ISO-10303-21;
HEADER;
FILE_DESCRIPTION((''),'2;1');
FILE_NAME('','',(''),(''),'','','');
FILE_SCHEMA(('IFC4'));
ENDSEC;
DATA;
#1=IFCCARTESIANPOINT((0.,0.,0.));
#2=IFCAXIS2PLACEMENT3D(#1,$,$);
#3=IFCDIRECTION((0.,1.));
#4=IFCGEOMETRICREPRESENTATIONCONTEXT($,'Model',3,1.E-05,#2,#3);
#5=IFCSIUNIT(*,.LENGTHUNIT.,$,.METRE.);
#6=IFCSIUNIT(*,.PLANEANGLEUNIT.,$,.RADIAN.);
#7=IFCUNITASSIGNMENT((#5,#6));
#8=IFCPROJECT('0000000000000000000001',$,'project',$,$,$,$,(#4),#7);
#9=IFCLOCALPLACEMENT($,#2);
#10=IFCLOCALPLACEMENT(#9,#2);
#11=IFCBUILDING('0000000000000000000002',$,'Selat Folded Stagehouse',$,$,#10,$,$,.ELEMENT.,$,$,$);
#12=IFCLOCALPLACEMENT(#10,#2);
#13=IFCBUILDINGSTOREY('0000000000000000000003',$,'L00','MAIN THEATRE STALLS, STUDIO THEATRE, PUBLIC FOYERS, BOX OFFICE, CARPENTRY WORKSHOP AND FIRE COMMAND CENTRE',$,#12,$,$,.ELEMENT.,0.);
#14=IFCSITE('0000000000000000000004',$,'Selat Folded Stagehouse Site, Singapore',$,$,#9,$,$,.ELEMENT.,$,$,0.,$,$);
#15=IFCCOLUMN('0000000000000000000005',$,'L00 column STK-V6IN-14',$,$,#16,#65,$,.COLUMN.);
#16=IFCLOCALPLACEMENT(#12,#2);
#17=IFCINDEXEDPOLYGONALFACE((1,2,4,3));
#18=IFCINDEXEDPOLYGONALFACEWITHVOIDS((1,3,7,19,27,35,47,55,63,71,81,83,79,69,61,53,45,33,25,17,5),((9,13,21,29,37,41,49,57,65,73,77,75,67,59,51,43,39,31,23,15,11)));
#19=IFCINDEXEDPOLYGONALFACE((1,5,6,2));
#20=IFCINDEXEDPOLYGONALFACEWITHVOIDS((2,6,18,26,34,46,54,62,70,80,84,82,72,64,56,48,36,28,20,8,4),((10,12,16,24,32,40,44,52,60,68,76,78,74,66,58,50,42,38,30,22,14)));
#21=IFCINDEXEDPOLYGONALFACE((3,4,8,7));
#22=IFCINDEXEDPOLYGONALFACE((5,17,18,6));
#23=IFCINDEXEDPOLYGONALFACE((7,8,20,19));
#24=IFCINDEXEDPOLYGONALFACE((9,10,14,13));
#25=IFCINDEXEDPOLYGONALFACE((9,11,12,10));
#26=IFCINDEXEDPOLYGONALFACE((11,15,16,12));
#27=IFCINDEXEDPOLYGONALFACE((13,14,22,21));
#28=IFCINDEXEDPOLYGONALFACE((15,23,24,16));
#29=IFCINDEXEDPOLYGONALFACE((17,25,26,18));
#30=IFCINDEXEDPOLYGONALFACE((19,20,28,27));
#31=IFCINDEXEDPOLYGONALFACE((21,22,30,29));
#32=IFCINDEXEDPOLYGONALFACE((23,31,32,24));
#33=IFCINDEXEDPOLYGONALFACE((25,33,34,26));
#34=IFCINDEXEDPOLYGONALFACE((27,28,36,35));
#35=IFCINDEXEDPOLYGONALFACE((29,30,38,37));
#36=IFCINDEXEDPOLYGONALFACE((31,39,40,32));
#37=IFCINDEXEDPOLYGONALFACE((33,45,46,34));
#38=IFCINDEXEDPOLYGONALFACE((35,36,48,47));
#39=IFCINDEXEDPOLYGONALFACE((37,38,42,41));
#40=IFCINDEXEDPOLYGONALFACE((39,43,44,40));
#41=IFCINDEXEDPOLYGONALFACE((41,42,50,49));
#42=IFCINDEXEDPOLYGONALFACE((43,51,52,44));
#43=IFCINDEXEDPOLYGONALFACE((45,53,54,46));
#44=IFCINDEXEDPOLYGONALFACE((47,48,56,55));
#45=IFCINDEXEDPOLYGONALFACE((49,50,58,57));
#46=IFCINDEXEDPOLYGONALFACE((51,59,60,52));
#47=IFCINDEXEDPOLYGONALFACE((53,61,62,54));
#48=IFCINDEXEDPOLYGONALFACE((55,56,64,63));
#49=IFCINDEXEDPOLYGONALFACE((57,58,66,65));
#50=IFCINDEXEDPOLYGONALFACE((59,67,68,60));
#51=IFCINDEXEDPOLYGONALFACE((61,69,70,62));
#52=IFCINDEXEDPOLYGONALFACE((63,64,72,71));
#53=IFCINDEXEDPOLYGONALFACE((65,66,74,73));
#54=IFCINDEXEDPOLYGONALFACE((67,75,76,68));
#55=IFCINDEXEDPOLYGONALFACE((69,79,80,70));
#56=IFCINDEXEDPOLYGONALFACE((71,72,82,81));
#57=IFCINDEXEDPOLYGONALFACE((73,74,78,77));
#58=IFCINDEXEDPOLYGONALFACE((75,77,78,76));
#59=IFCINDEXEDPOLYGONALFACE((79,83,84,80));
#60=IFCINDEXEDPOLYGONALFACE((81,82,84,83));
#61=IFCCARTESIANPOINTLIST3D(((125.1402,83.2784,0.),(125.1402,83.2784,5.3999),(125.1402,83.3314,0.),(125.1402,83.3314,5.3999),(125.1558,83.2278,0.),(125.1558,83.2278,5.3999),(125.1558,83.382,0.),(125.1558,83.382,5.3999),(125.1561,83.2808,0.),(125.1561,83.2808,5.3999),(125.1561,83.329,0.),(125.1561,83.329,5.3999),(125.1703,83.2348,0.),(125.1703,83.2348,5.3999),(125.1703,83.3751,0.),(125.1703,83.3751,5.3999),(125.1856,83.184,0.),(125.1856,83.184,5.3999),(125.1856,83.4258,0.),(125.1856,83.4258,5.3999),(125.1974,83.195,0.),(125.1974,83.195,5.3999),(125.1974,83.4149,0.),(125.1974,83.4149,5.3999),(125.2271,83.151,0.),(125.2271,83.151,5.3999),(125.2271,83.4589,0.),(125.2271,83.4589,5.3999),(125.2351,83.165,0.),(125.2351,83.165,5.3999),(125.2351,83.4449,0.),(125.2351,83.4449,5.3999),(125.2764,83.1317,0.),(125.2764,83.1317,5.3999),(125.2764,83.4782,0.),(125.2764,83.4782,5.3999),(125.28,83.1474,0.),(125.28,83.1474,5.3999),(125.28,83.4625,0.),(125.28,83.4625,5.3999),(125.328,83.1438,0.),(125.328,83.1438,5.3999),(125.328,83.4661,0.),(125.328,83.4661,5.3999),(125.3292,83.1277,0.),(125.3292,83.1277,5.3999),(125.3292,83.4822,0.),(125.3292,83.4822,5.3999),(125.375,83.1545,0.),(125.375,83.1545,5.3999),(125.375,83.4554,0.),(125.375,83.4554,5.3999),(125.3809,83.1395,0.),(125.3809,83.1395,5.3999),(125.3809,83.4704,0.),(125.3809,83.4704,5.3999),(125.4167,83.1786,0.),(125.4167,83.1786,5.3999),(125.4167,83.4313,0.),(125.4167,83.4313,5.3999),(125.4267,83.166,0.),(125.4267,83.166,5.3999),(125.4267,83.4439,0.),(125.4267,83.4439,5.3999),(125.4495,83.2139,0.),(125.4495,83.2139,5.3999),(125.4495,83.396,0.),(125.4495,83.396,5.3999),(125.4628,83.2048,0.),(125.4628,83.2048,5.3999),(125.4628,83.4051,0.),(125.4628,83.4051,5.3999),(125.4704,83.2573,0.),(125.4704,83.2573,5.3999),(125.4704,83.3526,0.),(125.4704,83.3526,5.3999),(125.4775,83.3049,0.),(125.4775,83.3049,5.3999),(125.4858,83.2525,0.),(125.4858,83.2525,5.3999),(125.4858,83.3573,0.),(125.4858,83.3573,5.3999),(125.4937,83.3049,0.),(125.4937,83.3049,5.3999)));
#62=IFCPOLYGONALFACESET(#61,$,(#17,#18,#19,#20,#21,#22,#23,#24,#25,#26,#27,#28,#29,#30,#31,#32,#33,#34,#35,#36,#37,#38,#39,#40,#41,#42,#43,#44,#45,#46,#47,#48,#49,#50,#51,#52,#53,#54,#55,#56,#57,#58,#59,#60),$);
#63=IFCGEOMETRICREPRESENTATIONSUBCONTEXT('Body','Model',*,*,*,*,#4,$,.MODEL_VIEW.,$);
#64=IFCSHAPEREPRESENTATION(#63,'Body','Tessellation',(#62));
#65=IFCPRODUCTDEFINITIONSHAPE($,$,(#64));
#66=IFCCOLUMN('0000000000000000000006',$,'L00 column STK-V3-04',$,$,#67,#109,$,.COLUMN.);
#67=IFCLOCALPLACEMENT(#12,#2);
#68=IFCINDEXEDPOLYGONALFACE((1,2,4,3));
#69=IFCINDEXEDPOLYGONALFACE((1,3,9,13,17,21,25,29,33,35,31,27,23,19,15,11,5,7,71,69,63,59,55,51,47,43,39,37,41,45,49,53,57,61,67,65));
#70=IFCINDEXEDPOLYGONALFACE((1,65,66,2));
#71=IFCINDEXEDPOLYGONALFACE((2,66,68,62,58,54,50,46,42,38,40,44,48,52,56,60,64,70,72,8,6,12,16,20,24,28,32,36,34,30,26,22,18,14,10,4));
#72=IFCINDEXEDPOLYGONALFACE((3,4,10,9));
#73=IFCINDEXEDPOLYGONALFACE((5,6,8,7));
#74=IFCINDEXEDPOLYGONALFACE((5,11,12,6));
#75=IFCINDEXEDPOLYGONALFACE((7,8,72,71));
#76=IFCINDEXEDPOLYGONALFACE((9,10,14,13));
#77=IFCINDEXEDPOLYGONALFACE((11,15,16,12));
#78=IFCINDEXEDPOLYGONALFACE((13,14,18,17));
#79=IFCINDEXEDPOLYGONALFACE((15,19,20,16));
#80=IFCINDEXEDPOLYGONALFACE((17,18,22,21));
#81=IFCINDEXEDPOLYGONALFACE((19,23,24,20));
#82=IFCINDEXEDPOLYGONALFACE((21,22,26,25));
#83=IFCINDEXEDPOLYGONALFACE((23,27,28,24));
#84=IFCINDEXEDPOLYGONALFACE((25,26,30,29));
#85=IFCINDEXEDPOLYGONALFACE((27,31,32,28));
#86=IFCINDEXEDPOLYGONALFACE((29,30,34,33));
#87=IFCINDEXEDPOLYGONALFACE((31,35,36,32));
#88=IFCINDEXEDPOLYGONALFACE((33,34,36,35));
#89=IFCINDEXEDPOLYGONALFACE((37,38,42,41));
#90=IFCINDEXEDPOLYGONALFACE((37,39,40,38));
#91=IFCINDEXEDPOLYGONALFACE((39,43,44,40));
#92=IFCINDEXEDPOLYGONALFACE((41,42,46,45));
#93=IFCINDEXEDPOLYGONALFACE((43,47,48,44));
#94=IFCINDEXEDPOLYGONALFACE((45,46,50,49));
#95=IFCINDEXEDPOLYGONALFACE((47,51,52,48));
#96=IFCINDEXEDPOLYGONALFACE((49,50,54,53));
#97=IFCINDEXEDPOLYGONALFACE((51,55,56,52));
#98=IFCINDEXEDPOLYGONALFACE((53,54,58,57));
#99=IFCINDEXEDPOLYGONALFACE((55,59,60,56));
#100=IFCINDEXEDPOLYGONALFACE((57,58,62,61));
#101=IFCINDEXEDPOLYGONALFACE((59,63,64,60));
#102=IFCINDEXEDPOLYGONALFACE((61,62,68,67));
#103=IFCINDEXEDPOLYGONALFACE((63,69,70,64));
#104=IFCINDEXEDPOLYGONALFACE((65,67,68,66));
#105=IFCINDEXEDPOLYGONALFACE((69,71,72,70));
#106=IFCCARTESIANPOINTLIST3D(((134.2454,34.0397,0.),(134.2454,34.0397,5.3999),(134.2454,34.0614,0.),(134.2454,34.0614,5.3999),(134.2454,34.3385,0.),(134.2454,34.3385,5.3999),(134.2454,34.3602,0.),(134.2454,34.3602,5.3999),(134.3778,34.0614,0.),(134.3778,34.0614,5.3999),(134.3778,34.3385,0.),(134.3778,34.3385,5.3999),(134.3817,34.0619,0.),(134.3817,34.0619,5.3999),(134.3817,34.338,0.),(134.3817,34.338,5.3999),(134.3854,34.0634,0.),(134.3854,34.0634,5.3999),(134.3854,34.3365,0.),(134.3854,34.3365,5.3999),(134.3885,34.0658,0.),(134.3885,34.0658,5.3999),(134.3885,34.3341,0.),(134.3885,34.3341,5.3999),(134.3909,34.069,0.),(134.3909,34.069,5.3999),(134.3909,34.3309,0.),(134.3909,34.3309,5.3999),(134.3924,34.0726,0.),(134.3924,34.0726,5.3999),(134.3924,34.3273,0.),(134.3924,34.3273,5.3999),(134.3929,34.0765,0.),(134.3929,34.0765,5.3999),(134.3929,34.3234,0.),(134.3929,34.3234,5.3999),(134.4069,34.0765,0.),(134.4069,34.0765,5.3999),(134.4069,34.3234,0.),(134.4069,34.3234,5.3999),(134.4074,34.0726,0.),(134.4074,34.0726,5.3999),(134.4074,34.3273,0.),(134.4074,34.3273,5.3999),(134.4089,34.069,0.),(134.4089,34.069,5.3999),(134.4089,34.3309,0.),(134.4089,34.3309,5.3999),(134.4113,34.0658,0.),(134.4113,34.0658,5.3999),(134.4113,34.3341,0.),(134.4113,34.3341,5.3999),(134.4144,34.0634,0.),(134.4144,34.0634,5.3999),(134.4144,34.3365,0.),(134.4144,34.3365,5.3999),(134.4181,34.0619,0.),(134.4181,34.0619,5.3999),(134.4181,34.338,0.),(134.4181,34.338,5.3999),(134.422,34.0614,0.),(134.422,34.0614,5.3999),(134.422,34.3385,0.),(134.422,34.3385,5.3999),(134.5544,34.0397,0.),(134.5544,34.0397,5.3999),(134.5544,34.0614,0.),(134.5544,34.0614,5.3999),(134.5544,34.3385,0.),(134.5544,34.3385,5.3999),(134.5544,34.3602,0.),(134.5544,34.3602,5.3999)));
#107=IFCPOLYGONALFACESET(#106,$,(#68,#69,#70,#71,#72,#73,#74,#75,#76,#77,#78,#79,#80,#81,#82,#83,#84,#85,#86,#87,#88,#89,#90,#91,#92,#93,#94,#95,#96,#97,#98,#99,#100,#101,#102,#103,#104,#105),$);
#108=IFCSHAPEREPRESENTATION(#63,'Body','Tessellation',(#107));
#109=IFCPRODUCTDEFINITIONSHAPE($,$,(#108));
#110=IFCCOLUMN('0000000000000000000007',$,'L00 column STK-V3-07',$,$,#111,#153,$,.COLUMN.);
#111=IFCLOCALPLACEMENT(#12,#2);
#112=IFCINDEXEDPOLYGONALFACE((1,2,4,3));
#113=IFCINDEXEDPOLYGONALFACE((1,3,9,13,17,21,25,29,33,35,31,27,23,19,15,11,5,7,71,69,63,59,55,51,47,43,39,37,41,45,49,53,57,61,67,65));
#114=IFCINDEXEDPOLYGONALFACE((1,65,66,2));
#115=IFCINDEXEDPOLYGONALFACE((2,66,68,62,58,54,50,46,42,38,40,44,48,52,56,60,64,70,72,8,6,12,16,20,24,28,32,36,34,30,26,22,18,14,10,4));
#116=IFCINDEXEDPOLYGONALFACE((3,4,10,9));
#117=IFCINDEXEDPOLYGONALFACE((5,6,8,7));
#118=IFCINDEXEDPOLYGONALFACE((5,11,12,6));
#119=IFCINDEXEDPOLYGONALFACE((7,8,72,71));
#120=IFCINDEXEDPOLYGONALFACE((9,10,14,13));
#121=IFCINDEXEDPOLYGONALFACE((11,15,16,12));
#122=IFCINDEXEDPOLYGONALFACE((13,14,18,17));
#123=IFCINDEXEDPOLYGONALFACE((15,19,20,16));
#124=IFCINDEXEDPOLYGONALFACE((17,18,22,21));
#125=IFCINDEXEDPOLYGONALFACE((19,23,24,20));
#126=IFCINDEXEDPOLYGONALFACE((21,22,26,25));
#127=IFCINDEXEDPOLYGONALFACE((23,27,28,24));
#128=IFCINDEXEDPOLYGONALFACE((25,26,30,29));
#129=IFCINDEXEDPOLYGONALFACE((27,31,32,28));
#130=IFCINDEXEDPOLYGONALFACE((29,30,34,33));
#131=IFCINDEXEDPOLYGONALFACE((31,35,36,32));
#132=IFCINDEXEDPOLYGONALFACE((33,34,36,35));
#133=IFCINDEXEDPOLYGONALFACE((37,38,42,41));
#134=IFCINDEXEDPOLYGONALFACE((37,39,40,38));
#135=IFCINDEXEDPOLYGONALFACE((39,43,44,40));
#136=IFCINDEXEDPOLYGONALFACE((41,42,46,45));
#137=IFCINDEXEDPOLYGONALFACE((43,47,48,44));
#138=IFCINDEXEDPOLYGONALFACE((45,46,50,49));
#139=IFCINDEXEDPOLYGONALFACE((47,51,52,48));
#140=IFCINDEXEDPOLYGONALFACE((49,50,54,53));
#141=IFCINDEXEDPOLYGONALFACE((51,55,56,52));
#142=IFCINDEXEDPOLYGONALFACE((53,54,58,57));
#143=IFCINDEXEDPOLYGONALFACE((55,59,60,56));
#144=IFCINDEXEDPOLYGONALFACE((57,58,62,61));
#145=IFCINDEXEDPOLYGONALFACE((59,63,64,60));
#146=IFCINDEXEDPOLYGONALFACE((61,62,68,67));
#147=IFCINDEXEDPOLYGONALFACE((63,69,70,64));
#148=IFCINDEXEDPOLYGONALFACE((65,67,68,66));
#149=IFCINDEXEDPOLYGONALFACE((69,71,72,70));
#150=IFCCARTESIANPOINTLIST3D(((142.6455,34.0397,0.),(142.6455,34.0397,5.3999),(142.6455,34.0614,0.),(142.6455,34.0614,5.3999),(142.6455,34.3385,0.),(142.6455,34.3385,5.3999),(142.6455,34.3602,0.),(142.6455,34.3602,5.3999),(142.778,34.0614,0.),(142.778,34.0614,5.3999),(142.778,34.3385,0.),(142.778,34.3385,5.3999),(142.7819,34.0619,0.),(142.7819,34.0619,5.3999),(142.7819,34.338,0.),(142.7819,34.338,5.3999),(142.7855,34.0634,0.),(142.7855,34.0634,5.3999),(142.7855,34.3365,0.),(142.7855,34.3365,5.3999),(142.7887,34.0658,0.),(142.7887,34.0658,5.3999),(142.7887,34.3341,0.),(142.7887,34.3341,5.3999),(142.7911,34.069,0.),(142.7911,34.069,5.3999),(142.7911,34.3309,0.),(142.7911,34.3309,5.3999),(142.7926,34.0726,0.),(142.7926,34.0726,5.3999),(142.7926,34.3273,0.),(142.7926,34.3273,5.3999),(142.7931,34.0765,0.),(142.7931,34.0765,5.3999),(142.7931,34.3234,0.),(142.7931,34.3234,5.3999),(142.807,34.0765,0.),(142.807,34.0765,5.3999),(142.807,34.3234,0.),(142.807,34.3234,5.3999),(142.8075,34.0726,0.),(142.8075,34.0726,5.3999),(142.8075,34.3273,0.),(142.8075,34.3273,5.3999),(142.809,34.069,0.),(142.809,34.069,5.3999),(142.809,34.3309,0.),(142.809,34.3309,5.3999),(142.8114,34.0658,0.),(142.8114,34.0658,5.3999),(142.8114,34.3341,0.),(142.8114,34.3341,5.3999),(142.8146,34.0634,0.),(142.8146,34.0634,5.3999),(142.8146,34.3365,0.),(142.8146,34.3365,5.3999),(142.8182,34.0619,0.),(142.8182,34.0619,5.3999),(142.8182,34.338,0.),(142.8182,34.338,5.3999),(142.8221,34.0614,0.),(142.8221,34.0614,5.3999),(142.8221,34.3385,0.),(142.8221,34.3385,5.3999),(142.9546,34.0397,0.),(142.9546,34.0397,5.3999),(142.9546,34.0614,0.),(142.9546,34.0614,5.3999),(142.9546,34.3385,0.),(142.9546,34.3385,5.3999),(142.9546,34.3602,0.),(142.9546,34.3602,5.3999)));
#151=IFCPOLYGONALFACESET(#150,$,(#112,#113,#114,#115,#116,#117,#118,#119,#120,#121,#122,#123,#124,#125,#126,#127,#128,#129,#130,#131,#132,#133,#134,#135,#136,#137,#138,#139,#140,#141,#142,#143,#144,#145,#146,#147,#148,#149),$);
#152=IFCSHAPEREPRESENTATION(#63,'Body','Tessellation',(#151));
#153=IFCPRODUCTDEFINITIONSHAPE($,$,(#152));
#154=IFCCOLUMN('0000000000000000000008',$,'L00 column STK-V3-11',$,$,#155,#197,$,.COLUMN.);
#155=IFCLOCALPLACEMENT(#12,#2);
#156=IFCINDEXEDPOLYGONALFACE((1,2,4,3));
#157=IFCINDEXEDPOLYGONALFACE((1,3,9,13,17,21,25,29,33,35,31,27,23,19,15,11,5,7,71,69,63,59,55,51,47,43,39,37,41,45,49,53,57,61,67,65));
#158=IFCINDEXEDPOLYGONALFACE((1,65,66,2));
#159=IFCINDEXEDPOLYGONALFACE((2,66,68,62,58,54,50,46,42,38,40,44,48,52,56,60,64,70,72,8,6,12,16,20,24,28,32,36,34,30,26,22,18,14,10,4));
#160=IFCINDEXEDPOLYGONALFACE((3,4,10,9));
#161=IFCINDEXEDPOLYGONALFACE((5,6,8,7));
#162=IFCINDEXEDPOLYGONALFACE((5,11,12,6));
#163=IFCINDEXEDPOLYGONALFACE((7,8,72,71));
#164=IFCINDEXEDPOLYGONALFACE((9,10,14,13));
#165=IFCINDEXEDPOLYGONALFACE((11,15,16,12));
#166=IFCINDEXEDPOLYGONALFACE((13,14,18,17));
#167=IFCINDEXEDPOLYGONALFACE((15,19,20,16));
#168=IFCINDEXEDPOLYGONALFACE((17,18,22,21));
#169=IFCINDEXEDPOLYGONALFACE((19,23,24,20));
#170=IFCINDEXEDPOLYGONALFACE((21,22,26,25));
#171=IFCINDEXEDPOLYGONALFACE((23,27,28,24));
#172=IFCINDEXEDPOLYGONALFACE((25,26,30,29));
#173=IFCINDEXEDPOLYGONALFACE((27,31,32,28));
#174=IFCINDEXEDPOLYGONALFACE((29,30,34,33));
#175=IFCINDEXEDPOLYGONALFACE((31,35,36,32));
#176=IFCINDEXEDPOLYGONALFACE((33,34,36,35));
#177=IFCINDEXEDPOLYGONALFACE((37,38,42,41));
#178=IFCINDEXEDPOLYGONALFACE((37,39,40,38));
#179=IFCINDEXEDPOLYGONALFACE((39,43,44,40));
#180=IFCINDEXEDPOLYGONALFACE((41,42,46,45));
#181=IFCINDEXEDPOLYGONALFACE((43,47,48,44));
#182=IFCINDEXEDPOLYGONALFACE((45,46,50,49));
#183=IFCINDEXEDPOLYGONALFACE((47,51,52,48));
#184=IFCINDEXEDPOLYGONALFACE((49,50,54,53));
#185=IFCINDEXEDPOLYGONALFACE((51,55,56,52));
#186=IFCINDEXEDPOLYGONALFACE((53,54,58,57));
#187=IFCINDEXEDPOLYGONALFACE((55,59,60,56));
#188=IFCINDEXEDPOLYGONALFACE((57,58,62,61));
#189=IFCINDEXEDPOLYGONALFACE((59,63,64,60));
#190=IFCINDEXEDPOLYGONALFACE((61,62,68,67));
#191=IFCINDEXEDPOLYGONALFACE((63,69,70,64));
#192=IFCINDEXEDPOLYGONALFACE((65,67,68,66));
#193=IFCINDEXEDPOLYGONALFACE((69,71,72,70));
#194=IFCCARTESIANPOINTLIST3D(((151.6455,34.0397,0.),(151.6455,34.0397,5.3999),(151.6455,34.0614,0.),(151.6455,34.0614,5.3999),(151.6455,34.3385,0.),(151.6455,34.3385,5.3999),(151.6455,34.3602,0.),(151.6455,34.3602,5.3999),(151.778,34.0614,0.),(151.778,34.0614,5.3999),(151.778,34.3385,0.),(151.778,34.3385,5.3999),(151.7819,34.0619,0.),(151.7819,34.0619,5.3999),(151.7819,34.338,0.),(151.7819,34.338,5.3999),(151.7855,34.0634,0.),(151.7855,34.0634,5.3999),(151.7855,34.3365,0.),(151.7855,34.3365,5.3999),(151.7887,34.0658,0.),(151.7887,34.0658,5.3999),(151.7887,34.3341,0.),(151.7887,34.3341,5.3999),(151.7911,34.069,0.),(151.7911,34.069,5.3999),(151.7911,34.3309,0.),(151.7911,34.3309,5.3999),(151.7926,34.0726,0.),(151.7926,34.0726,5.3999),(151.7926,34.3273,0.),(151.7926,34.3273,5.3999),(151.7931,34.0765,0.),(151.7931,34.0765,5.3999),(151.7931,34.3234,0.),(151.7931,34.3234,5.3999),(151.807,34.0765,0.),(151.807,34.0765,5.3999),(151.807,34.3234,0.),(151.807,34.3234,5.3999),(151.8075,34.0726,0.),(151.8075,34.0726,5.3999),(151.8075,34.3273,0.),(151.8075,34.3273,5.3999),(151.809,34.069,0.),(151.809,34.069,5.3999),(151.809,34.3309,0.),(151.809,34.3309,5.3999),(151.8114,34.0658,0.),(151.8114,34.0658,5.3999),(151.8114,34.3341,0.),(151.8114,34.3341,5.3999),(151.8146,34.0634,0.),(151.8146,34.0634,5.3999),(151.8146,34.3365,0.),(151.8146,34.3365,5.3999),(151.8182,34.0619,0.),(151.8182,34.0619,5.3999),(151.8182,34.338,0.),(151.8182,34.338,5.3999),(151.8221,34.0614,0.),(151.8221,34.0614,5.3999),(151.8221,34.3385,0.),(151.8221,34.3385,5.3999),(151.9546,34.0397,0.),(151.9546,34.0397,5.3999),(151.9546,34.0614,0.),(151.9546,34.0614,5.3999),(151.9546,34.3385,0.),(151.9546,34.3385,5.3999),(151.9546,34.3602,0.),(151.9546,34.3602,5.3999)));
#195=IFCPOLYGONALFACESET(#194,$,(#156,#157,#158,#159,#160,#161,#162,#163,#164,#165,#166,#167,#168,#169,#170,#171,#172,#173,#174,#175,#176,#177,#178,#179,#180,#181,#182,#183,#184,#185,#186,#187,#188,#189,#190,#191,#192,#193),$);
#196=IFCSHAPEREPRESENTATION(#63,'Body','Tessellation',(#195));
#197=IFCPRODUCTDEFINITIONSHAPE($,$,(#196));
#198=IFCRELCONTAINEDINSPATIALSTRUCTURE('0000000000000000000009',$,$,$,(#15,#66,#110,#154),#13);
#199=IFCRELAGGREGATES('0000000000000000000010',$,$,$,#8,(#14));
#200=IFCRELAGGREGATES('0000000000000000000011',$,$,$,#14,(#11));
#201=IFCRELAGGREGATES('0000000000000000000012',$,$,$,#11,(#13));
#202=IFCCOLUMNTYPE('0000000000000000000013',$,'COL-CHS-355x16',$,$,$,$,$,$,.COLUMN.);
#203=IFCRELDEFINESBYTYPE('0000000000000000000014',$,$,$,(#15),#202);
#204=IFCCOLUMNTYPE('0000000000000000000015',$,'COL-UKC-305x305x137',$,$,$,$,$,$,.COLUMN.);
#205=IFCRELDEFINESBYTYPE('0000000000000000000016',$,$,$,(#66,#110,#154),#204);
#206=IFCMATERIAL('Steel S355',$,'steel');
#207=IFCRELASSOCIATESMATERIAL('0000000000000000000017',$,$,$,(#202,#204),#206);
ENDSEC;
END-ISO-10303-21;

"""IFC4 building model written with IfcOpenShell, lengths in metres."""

from ifc_helpers import new_model, si_unit, direction, frame, origin, origin_2d, place, context, subcontext, project, spatial, hollow_circle, i_section, extrude, material, material_profile, profile_set, type_object, element, save


model = new_model("IFC4")

# Units and contexts
model_context = context("Model", 3, precision=1e-05, world=origin(), true_north=direction((0.0, 1.0)))
body_context = subcontext(model_context, "Body", "Model", "MODEL_VIEW")
ifc_project = project(units=[si_unit("LENGTHUNIT", "METRE"), si_unit("PLANEANGLEUNIT", "RADIAN")], contexts=[model_context])

# Site, building, storey
site_placement = place(None, origin())
site = spatial("IfcSite", under=ifc_project, at=site_placement, Name="Selat Folded Stagehouse Site, Singapore", CompositionType="ELEMENT", RefElevation=0.0)
building_placement = place(site_placement, origin())
building = spatial("IfcBuilding", under=site, at=building_placement, Name="Selat Folded Stagehouse", CompositionType="ELEMENT")
storey_placement = place(building_placement, origin())
storey = spatial("IfcBuildingStorey", under=building, at=storey_placement, Name="L00", Description="MAIN THEATRE STALLS, STUDIO THEATRE, PUBLIC FOYERS, BOX OFFICE, CARPENTRY WORKSHOP AND FIRE COMMAND CENTRE", CompositionType="ELEMENT", Elevation=0.0)

# Columns
ifc_material_1 = material(Name="Steel S355", Category="steel")
ifc_material_profile_1 = material_profile(ifc_material_1, hollow_circle(Radius=0.1777, WallThickness=0.0161, at=origin_2d()), Name="CHS 355.6x16.0")
ifc_profile_set_1 = profile_set([ifc_material_profile_1], Name="Steel S355")
column_type_1 = type_object("IfcColumnType", Name="COL-CHS-355x16", PredefinedType="COLUMN", material=ifc_profile_set_1)
column_placement = place(storey_placement, frame((125.3159, 83.3049, 0.0), z_axis=(0.0, 0.0, 1.0), x_axis=(1.0, 0.0, 0.0)))
element("IfcColumn", 1, at=column_placement, inside=storey, type_object=column_type_1, Name="L00 column STK-V6IN-14", PredefinedType="COLUMN", context=body_context, shape_type="SweptSolid", body=[
    extrude(hollow_circle(Radius=0.1777, WallThickness=0.0161, at=origin_2d()), origin(), (0.0, 0.0, 1.0), 5.3999),
])
ifc_material_profile_2 = material_profile(ifc_material_1, i_section(OverallWidth=0.3091, OverallDepth=0.3206, WebThickness=0.0139, FlangeThickness=0.0217, FilletRadius=0.0151, at=origin_2d()), Name="UKC 305x305x137")
ifc_profile_set_2 = profile_set([ifc_material_profile_2], Name="Steel S355")
column_type_2 = type_object("IfcColumnType", Name="COL-UKC-305x305x137", PredefinedType="COLUMN", material=ifc_profile_set_2)
for number, where, z_axis, x_axis, name in (
    (2, (134.3999, 34.2, 0.0), (0.0, 0.0, 1.0), (1.0, 0.0, 0.0), "L00 column STK-V3-04"),
    (3, (142.8, 34.2, 0.0), (0.0, 0.0, 1.0), (1.0, 0.0, 0.0), "L00 column STK-V3-07"),
    (4, (151.8, 34.2, 0.0), (0.0, 0.0, 1.0), (1.0, 0.0, 0.0), "L00 column STK-V3-11"),
):
    element("IfcColumn", number, at=place(storey_placement, frame(where, z_axis=z_axis, x_axis=x_axis)), inside=storey, type_object=column_type_2, Name=name, PredefinedType="COLUMN", context=body_context, shape_type="SweptSolid", body=[
        extrude(i_section(OverallWidth=0.3091, OverallDepth=0.3206, WebThickness=0.0139, FlangeThickness=0.0217, FilletRadius=0.0151, at=origin_2d()), origin(), (0.0, 0.0, 1.0), 5.3999),
    ])

save(model, "model.ifc")
